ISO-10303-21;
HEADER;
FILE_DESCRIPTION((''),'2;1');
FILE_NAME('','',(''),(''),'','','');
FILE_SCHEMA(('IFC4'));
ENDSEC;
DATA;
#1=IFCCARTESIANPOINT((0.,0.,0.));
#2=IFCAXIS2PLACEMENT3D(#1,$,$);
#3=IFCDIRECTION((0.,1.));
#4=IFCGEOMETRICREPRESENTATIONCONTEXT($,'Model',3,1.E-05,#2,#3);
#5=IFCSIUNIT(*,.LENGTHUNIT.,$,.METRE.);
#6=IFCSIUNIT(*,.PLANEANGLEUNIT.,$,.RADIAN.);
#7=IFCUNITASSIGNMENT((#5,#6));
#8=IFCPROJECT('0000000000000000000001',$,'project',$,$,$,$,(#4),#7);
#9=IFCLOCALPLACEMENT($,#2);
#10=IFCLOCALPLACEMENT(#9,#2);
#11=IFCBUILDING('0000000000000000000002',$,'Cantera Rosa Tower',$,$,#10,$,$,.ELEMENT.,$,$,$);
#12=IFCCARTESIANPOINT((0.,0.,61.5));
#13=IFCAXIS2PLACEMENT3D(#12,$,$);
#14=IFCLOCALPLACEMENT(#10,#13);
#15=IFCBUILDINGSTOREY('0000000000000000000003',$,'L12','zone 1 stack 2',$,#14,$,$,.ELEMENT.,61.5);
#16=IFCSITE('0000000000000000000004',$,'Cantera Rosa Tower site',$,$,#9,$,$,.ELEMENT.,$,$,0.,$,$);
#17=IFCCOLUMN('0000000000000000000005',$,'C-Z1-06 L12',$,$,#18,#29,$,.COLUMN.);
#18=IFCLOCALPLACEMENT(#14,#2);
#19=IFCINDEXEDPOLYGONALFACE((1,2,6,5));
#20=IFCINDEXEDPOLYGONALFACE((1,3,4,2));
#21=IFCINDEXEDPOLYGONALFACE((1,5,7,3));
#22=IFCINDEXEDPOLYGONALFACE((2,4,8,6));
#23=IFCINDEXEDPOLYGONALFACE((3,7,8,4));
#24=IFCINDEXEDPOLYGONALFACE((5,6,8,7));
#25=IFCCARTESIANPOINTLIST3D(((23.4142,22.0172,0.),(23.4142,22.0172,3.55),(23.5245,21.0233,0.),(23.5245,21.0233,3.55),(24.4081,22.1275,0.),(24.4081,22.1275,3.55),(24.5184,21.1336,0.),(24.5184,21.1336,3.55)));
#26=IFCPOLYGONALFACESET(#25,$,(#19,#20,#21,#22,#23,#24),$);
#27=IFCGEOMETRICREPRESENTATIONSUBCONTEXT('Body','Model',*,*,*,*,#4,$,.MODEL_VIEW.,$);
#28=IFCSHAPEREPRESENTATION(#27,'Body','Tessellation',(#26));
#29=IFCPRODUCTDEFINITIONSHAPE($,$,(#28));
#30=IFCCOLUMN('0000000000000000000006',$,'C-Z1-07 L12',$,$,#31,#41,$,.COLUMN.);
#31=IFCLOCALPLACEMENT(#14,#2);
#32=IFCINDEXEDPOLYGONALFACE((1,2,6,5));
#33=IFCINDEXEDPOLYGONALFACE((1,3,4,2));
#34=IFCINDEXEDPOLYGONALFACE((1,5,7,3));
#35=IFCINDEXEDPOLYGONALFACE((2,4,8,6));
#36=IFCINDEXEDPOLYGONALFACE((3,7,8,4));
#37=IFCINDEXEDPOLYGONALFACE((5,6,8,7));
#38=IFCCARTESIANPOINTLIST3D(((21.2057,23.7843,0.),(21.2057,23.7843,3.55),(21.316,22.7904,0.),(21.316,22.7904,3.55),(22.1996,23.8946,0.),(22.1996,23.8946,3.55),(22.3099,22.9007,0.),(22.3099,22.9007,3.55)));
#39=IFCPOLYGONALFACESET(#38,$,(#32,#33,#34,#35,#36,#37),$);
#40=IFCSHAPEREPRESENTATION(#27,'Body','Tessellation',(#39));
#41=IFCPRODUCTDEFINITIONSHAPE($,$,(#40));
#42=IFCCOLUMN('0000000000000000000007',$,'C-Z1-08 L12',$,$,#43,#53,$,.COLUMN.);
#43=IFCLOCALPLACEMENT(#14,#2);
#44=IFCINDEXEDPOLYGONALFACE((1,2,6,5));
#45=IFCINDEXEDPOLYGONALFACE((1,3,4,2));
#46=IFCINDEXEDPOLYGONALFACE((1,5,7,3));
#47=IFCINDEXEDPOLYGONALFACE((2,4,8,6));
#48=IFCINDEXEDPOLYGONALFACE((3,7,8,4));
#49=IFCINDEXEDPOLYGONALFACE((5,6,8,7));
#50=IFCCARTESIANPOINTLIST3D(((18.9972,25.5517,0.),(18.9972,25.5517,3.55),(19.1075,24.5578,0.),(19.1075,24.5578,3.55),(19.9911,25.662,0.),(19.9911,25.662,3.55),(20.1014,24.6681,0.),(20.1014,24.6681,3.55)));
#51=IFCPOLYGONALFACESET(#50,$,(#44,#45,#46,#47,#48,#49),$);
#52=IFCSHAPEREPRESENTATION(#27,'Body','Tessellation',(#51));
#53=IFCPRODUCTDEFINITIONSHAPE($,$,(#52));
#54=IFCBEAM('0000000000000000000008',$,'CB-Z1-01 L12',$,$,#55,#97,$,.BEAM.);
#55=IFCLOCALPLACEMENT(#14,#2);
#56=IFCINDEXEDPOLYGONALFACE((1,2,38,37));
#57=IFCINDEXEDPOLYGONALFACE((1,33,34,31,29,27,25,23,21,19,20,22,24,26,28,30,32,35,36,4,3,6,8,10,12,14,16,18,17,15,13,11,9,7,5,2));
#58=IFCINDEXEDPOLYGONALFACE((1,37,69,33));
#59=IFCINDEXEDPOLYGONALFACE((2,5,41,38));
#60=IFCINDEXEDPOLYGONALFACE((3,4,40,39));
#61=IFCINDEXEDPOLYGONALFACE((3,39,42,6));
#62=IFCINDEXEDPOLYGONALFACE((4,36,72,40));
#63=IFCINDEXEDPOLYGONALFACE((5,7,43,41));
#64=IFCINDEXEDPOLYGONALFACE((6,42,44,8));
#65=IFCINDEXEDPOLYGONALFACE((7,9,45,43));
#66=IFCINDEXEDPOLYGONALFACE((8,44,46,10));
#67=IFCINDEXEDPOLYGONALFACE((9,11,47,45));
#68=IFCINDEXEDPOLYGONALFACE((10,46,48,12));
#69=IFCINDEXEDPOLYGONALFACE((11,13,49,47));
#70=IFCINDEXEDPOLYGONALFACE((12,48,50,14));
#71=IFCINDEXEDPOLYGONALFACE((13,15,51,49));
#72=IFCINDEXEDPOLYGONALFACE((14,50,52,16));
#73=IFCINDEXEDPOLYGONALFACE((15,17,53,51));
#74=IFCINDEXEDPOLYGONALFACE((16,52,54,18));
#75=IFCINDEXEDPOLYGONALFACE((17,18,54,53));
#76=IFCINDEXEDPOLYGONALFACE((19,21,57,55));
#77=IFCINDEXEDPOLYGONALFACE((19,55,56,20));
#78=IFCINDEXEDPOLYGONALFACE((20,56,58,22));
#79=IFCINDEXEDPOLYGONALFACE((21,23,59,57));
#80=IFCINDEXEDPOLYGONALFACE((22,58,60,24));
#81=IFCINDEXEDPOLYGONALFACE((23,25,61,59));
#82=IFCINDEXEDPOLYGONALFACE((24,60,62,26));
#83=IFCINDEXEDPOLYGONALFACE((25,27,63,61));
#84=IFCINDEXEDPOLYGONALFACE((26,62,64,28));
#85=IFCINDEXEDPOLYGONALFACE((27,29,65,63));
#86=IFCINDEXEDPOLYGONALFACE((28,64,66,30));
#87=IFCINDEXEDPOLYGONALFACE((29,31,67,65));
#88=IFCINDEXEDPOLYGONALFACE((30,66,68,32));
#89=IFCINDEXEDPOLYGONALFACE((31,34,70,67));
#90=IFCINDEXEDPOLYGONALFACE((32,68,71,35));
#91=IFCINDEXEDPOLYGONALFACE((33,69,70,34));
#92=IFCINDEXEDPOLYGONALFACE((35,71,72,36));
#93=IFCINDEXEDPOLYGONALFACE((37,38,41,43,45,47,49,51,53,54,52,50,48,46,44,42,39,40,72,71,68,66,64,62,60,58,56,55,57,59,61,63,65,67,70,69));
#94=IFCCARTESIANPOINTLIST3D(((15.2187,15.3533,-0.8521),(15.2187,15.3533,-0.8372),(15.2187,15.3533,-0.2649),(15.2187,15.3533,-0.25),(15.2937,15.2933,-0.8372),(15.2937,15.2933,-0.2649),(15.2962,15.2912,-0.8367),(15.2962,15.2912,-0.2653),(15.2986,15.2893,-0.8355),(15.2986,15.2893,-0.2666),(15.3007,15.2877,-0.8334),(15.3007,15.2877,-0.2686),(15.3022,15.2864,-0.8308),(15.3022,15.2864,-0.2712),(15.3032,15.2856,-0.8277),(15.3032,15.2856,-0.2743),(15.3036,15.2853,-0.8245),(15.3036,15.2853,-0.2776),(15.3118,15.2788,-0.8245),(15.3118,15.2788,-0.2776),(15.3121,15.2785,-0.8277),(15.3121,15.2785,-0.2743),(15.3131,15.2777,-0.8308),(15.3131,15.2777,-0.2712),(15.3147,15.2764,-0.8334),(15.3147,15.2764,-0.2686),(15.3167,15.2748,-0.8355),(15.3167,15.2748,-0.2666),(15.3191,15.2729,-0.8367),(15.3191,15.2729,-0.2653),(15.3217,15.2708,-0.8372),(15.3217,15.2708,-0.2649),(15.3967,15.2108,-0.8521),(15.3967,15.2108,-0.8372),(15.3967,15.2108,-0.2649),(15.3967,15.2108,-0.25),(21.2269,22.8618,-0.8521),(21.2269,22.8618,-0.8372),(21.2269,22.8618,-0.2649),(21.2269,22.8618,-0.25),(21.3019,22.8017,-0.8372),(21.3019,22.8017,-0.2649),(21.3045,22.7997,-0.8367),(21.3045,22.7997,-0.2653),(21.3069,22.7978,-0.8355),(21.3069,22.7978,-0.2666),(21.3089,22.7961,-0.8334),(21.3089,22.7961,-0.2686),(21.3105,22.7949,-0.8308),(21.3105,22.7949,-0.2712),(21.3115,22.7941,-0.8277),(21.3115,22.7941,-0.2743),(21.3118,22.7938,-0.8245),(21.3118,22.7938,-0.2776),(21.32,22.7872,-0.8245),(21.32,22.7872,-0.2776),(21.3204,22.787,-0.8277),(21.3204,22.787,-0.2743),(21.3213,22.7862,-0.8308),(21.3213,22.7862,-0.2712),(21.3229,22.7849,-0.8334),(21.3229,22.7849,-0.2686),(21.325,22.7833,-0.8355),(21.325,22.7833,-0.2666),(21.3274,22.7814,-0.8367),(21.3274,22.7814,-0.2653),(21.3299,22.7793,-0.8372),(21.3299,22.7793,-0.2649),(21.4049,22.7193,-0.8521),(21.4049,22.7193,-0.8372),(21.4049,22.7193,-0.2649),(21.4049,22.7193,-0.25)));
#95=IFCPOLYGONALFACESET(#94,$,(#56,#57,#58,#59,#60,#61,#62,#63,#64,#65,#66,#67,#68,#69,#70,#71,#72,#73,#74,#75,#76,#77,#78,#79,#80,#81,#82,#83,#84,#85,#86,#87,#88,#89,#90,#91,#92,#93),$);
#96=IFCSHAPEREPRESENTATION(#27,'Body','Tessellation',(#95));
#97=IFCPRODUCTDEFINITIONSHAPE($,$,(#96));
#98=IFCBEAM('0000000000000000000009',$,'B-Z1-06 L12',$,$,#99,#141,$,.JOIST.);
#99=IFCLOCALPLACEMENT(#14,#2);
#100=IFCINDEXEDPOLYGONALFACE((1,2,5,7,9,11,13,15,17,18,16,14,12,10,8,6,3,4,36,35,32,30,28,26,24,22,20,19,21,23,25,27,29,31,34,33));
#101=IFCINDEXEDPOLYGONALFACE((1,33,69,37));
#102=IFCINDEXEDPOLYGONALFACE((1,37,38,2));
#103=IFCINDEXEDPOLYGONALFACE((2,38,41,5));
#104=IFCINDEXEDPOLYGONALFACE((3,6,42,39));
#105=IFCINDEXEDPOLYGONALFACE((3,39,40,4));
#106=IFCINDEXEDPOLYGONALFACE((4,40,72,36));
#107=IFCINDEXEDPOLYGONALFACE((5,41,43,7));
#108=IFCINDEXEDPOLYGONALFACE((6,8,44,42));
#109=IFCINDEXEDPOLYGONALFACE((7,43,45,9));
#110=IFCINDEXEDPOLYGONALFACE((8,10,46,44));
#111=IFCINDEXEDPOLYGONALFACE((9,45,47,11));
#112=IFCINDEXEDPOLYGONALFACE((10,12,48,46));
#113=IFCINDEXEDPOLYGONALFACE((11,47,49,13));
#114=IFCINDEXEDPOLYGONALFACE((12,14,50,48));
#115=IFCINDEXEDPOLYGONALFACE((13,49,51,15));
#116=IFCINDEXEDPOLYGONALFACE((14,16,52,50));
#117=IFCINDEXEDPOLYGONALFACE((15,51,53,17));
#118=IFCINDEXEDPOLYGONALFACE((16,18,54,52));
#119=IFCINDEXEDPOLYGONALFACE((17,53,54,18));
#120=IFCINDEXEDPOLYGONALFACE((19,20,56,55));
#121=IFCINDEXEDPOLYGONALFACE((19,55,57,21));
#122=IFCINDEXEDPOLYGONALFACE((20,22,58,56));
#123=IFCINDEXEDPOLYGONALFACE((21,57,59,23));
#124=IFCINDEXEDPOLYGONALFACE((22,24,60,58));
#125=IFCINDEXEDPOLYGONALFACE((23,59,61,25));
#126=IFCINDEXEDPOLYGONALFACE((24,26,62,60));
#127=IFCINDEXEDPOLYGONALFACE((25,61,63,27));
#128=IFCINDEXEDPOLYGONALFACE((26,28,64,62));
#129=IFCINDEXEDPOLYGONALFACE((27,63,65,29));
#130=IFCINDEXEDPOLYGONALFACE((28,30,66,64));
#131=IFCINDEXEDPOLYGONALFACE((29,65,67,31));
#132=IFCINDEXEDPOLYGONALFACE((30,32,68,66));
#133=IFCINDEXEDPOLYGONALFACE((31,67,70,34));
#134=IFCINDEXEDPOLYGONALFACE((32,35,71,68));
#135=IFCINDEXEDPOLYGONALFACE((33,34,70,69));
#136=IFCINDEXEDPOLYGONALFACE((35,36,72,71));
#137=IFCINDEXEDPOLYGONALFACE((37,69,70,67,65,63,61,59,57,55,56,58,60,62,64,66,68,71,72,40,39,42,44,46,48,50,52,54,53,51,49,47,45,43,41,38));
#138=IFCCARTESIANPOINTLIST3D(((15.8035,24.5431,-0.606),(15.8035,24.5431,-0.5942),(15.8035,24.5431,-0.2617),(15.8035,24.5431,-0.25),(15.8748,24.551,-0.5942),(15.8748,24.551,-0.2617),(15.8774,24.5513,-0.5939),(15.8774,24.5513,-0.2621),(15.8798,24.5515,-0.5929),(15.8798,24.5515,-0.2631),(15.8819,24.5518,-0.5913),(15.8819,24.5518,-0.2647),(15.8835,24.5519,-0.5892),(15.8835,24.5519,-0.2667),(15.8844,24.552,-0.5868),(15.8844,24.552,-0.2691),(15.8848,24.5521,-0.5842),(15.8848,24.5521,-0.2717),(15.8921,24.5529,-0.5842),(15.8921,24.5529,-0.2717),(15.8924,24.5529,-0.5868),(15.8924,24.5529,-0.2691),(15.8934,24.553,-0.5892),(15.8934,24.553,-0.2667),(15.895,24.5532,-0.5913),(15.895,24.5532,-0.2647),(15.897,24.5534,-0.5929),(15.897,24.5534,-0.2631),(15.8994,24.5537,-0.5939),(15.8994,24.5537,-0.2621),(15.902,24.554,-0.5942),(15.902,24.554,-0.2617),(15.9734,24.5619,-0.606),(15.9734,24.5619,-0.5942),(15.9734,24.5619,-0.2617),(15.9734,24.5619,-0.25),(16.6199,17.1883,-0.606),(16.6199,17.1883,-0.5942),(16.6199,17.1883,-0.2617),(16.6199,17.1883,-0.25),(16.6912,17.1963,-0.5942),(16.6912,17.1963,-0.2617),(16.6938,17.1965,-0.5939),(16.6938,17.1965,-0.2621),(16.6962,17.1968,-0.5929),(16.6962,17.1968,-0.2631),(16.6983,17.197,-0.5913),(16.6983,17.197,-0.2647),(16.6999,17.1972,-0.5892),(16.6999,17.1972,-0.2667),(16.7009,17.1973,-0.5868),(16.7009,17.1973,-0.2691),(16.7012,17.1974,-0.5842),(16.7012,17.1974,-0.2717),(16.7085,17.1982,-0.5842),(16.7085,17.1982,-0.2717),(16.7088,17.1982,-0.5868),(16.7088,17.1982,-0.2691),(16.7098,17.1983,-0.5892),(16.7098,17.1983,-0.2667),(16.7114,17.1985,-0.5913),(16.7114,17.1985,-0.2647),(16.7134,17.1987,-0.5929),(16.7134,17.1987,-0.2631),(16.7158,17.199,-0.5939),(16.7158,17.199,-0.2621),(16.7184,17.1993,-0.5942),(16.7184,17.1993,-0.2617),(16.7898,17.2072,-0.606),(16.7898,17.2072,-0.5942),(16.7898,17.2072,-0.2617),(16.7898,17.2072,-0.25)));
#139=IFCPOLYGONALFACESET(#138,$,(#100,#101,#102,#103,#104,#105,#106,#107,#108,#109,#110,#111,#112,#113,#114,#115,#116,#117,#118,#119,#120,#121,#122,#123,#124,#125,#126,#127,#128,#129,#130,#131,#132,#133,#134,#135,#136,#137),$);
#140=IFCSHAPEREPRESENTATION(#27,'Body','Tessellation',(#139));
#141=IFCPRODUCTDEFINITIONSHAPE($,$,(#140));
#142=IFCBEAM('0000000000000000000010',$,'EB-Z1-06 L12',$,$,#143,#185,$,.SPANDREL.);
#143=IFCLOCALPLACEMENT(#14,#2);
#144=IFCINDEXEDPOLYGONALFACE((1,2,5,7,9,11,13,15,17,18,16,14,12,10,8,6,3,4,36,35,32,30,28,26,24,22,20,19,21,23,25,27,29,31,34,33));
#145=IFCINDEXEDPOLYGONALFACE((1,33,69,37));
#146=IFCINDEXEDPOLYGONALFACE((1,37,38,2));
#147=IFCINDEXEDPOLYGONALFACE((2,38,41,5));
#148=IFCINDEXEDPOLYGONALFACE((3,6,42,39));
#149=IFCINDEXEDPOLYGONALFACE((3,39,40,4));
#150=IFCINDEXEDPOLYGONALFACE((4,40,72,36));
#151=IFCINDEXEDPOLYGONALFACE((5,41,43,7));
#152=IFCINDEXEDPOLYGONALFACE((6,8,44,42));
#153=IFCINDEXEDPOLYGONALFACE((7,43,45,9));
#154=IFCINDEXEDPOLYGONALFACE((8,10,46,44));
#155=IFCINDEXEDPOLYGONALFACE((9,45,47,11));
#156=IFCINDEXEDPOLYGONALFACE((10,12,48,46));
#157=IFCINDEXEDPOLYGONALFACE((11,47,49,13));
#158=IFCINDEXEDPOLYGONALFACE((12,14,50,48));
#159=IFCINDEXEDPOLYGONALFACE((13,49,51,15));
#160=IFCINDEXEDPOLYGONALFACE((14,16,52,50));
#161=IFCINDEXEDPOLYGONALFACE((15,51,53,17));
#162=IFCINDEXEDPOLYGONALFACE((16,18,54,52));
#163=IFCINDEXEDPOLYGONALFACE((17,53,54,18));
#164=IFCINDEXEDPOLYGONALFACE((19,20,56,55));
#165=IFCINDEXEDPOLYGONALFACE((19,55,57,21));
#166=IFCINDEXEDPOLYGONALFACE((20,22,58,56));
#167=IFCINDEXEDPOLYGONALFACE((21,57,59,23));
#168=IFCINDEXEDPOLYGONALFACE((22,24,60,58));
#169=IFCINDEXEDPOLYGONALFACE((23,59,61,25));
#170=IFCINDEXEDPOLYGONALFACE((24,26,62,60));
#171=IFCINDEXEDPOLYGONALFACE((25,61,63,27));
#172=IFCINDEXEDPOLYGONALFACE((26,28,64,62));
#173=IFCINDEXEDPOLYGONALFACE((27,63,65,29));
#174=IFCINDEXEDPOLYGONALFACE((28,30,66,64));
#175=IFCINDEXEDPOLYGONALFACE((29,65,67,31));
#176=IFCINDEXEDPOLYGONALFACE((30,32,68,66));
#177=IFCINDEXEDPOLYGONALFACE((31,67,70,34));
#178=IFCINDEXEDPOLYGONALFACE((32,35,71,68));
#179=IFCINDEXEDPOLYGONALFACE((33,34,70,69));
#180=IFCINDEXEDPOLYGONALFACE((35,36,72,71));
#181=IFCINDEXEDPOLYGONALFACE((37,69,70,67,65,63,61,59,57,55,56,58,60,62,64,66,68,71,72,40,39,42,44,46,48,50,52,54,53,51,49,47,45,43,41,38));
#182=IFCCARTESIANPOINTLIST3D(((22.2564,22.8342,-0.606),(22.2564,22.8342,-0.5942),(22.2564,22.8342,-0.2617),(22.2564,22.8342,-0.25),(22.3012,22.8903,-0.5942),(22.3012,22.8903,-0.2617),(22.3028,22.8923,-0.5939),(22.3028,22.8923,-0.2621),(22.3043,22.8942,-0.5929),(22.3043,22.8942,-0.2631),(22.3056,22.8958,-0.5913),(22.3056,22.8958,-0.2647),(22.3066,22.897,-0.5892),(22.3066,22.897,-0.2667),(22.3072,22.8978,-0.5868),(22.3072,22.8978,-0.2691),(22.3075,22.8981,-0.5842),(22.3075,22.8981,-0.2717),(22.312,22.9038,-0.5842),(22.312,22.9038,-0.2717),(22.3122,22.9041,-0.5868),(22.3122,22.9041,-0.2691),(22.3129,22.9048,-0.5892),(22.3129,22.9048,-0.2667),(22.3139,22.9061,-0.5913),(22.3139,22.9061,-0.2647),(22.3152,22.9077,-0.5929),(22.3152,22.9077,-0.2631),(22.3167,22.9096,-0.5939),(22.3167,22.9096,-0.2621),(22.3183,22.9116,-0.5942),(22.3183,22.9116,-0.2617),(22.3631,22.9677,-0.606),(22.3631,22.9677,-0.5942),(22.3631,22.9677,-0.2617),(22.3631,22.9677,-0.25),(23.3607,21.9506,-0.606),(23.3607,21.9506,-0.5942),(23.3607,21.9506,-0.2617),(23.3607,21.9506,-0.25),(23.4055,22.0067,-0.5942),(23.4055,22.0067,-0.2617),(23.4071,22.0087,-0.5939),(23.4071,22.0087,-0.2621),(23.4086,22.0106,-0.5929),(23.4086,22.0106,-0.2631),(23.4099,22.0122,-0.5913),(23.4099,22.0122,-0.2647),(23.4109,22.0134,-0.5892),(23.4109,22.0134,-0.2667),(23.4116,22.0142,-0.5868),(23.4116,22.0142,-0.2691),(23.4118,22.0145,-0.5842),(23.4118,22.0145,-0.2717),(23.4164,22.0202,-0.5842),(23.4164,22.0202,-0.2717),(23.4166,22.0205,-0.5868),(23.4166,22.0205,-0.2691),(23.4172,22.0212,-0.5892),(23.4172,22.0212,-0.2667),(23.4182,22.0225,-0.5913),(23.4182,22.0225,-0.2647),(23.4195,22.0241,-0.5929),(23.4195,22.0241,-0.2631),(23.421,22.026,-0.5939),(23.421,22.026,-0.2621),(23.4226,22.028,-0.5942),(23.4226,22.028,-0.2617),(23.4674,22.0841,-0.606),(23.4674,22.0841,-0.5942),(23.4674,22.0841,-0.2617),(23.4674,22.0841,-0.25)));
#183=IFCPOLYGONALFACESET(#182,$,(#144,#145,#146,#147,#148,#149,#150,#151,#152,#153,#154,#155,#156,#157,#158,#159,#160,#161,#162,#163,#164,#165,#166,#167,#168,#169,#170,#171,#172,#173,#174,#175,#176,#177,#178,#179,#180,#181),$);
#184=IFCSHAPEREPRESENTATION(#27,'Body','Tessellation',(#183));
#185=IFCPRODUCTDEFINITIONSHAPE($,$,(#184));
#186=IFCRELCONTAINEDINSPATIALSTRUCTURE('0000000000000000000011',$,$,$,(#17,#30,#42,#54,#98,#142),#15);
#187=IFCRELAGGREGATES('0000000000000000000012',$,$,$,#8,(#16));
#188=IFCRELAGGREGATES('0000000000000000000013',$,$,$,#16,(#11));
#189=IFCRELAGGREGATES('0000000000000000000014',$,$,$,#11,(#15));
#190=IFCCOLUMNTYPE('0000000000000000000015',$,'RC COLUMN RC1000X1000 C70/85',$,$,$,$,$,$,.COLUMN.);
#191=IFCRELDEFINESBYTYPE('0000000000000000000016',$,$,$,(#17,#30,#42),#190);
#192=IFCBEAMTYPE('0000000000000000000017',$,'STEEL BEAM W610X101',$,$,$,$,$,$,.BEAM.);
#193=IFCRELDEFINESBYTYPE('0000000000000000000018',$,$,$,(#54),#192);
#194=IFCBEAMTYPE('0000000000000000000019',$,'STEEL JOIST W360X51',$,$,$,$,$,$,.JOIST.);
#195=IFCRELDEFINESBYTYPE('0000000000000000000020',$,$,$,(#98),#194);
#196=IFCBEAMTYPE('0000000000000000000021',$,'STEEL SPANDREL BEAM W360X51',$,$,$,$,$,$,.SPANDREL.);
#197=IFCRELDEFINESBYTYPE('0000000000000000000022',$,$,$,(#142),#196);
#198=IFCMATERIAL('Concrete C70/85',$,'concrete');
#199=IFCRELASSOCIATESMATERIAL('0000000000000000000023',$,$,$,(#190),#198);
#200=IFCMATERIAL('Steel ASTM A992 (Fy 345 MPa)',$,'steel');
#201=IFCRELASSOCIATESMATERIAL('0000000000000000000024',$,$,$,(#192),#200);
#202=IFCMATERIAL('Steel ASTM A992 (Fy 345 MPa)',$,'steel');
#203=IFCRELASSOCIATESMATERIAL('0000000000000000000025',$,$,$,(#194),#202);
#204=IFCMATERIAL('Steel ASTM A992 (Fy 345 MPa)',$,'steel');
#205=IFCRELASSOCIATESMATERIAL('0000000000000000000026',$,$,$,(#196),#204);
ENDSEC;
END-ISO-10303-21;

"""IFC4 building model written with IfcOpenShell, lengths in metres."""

from ifc_helpers import new_model, si_unit, direction, frame, origin, origin_2d, place, context, subcontext, project, spatial, rectangle, i_section, extrude, material, material_profile, profile_set, type_object, element, save


model = new_model("IFC4")

# Units and contexts
model_context = context("Model", 3, precision=1e-05, world=origin(), true_north=direction((0.0, 1.0)))
body_context = subcontext(model_context, "Body", "Model", "MODEL_VIEW")
ifc_project = project(units=[si_unit("LENGTHUNIT", "METRE"), si_unit("PLANEANGLEUNIT", "RADIAN")], contexts=[model_context])

# Site, building, storey
site_placement = place(None, origin())
site = spatial("IfcSite", under=ifc_project, at=site_placement, Name="Cantera Rosa Tower site", CompositionType="ELEMENT", RefElevation=0.0)
building_placement = place(site_placement, origin())
building = spatial("IfcBuilding", under=site, at=building_placement, Name="Cantera Rosa Tower", CompositionType="ELEMENT")
storey_placement = place(building_placement, frame((0.0, 0.0, 61.5)))
storey = spatial("IfcBuildingStorey", under=building, at=storey_placement, Name="L12", Description="zone 1 stack 2", CompositionType="ELEMENT", Elevation=61.5)

# Columns
ifc_material_1 = material(Name="Concrete C70/85", Category="concrete")
ifc_material_profile_1 = material_profile(ifc_material_1, rectangle(XDim=1.0, YDim=1.0, at=origin_2d()), Name="RC COLUMN RC1000X1000 C70/85")
ifc_profile_set_1 = profile_set([ifc_material_profile_1], Name="Concrete C70/85")
column_type = type_object("IfcColumnType", Name="RC COLUMN RC1000X1000 C70/85", PredefinedType="COLUMN", material=ifc_profile_set_1)
for number, where, z_axis, x_axis, name in (
    (1, (23.9663, 21.5754, 0.0), (0.0, 0.0, 1.0), (0.993897, 0.110313, 0.0), "C-Z1-06 L12"),
    (2, (21.7578, 23.3425, 0.0), (0.0, 0.0, 1.0), (0.993897, 0.110313, 0.0), "C-Z1-07 L12"),
    (3, (19.5493, 25.1099, 0.0), (0.0, 0.0, 1.0), (0.993897, 0.110313, 0.0), "C-Z1-08 L12"),
):
    element("IfcColumn", number, at=place(storey_placement, frame(where, z_axis=z_axis, x_axis=x_axis)), inside=storey, type_object=column_type, Name=name, PredefinedType="COLUMN", context=body_context, shape_type="SweptSolid", body=[
        extrude(rectangle(XDim=1.0, YDim=1.0, at=origin_2d()), origin(), (0.0, 0.0, 1.0), 3.55),
    ])

# Beams
ifc_material_2 = material(Name="Steel ASTM A992 (Fy 345 MPa)", Category="steel")
ifc_material_profile_2 = material_profile(ifc_material_2, i_section(OverallWidth=0.228, OverallDepth=0.6021, WebThickness=0.0105, FlangeThickness=0.0149, FilletRadius=0.0127, at=origin_2d()), Name="W610X101")
ifc_profile_set_2 = profile_set([ifc_material_profile_2], Name="Steel ASTM A992 (Fy 345 MPa)")
beam_type_1 = type_object("IfcBeamType", Name="STEEL BEAM W610X101", PredefinedType="BEAM", material=ifc_profile_set_2)
beam_1_placement = place(storey_placement, frame((21.3159, 22.7905, -0.551), z_axis=(-0.624788, -0.780794, 0.0), x_axis=(0.780794, -0.624788, 0.0)))
element("IfcBeam", 4, at=beam_1_placement, inside=storey, type_object=beam_type_1, Name="CB-Z1-01 L12", PredefinedType="BEAM", context=body_context, shape_type="SweptSolid", body=[
    extrude(i_section(OverallWidth=0.228, OverallDepth=0.6021, WebThickness=0.0105, FlangeThickness=0.0149, FilletRadius=0.0127, at=origin_2d()), origin(), (0.0, 0.0, 1.0), 9.6165),
])
ifc_material_3 = material(Name="Steel ASTM A992 (Fy 345 MPa)", Category="steel")
ifc_material_profile_3 = material_profile(ifc_material_3, i_section(OverallWidth=0.1709, OverallDepth=0.356, WebThickness=0.0073, FlangeThickness=0.0117, FilletRadius=0.01, at=origin_2d()), Name="W360X51")
ifc_profile_set_3 = profile_set([ifc_material_profile_3], Name="Steel ASTM A992 (Fy 345 MPa)")
beam_type_2 = type_object("IfcBeamType", Name="STEEL JOIST W360X51", PredefinedType="JOIST", material=ifc_profile_set_3)
beam_2_placement = place(storey_placement, frame((15.8884, 24.5525, -0.428), z_axis=(0.110327, -0.993895, 0.0), x_axis=(0.993895, 0.110327, 0.0)))
element("IfcBeam", 5, at=beam_2_placement, inside=storey, type_object=beam_type_2, Name="B-Z1-06 L12", PredefinedType="JOIST", context=body_context, shape_type="SweptSolid", body=[
    extrude(i_section(OverallWidth=0.1709, OverallDepth=0.356, WebThickness=0.0073, FlangeThickness=0.0117, FilletRadius=0.01, at=origin_2d()), origin(), (0.0, 0.0, 1.0), 7.3999),
])
ifc_material_4 = material(Name="Steel ASTM A992 (Fy 345 MPa)", Category="steel")
ifc_material_profile_4 = material_profile(ifc_material_4, i_section(OverallWidth=0.1709, OverallDepth=0.356, WebThickness=0.0073, FlangeThickness=0.0117, FilletRadius=0.01, at=origin_2d()), Name="W360X51")
ifc_profile_set_4 = profile_set([ifc_material_profile_4], Name="Steel ASTM A992 (Fy 345 MPa)")
beam_type_3 = type_object("IfcBeamType", Name="STEEL SPANDREL BEAM W360X51", PredefinedType="SPANDREL", material=ifc_profile_set_4)
for number, where, z_axis, x_axis, name in (
    (6, (23.4141, 22.0173, -0.428), (-0.780818, 0.624758, 0.0), (-0.624758, -0.780818, 0.0), "EB-Z1-06 L12"),
):
    element("IfcBeam", number, at=place(storey_placement, frame(where, z_axis=z_axis, x_axis=x_axis)), inside=storey, type_object=beam_type_3, Name=name, PredefinedType="SPANDREL", context=body_context, shape_type="SweptSolid", body=[
        extrude(i_section(OverallWidth=0.1709, OverallDepth=0.356, WebThickness=0.0073, FlangeThickness=0.0117, FilletRadius=0.01, at=origin_2d()), origin(), (0.0, 0.0, 1.0), 1.4143),
    ])

save(model, "model.ifc")
